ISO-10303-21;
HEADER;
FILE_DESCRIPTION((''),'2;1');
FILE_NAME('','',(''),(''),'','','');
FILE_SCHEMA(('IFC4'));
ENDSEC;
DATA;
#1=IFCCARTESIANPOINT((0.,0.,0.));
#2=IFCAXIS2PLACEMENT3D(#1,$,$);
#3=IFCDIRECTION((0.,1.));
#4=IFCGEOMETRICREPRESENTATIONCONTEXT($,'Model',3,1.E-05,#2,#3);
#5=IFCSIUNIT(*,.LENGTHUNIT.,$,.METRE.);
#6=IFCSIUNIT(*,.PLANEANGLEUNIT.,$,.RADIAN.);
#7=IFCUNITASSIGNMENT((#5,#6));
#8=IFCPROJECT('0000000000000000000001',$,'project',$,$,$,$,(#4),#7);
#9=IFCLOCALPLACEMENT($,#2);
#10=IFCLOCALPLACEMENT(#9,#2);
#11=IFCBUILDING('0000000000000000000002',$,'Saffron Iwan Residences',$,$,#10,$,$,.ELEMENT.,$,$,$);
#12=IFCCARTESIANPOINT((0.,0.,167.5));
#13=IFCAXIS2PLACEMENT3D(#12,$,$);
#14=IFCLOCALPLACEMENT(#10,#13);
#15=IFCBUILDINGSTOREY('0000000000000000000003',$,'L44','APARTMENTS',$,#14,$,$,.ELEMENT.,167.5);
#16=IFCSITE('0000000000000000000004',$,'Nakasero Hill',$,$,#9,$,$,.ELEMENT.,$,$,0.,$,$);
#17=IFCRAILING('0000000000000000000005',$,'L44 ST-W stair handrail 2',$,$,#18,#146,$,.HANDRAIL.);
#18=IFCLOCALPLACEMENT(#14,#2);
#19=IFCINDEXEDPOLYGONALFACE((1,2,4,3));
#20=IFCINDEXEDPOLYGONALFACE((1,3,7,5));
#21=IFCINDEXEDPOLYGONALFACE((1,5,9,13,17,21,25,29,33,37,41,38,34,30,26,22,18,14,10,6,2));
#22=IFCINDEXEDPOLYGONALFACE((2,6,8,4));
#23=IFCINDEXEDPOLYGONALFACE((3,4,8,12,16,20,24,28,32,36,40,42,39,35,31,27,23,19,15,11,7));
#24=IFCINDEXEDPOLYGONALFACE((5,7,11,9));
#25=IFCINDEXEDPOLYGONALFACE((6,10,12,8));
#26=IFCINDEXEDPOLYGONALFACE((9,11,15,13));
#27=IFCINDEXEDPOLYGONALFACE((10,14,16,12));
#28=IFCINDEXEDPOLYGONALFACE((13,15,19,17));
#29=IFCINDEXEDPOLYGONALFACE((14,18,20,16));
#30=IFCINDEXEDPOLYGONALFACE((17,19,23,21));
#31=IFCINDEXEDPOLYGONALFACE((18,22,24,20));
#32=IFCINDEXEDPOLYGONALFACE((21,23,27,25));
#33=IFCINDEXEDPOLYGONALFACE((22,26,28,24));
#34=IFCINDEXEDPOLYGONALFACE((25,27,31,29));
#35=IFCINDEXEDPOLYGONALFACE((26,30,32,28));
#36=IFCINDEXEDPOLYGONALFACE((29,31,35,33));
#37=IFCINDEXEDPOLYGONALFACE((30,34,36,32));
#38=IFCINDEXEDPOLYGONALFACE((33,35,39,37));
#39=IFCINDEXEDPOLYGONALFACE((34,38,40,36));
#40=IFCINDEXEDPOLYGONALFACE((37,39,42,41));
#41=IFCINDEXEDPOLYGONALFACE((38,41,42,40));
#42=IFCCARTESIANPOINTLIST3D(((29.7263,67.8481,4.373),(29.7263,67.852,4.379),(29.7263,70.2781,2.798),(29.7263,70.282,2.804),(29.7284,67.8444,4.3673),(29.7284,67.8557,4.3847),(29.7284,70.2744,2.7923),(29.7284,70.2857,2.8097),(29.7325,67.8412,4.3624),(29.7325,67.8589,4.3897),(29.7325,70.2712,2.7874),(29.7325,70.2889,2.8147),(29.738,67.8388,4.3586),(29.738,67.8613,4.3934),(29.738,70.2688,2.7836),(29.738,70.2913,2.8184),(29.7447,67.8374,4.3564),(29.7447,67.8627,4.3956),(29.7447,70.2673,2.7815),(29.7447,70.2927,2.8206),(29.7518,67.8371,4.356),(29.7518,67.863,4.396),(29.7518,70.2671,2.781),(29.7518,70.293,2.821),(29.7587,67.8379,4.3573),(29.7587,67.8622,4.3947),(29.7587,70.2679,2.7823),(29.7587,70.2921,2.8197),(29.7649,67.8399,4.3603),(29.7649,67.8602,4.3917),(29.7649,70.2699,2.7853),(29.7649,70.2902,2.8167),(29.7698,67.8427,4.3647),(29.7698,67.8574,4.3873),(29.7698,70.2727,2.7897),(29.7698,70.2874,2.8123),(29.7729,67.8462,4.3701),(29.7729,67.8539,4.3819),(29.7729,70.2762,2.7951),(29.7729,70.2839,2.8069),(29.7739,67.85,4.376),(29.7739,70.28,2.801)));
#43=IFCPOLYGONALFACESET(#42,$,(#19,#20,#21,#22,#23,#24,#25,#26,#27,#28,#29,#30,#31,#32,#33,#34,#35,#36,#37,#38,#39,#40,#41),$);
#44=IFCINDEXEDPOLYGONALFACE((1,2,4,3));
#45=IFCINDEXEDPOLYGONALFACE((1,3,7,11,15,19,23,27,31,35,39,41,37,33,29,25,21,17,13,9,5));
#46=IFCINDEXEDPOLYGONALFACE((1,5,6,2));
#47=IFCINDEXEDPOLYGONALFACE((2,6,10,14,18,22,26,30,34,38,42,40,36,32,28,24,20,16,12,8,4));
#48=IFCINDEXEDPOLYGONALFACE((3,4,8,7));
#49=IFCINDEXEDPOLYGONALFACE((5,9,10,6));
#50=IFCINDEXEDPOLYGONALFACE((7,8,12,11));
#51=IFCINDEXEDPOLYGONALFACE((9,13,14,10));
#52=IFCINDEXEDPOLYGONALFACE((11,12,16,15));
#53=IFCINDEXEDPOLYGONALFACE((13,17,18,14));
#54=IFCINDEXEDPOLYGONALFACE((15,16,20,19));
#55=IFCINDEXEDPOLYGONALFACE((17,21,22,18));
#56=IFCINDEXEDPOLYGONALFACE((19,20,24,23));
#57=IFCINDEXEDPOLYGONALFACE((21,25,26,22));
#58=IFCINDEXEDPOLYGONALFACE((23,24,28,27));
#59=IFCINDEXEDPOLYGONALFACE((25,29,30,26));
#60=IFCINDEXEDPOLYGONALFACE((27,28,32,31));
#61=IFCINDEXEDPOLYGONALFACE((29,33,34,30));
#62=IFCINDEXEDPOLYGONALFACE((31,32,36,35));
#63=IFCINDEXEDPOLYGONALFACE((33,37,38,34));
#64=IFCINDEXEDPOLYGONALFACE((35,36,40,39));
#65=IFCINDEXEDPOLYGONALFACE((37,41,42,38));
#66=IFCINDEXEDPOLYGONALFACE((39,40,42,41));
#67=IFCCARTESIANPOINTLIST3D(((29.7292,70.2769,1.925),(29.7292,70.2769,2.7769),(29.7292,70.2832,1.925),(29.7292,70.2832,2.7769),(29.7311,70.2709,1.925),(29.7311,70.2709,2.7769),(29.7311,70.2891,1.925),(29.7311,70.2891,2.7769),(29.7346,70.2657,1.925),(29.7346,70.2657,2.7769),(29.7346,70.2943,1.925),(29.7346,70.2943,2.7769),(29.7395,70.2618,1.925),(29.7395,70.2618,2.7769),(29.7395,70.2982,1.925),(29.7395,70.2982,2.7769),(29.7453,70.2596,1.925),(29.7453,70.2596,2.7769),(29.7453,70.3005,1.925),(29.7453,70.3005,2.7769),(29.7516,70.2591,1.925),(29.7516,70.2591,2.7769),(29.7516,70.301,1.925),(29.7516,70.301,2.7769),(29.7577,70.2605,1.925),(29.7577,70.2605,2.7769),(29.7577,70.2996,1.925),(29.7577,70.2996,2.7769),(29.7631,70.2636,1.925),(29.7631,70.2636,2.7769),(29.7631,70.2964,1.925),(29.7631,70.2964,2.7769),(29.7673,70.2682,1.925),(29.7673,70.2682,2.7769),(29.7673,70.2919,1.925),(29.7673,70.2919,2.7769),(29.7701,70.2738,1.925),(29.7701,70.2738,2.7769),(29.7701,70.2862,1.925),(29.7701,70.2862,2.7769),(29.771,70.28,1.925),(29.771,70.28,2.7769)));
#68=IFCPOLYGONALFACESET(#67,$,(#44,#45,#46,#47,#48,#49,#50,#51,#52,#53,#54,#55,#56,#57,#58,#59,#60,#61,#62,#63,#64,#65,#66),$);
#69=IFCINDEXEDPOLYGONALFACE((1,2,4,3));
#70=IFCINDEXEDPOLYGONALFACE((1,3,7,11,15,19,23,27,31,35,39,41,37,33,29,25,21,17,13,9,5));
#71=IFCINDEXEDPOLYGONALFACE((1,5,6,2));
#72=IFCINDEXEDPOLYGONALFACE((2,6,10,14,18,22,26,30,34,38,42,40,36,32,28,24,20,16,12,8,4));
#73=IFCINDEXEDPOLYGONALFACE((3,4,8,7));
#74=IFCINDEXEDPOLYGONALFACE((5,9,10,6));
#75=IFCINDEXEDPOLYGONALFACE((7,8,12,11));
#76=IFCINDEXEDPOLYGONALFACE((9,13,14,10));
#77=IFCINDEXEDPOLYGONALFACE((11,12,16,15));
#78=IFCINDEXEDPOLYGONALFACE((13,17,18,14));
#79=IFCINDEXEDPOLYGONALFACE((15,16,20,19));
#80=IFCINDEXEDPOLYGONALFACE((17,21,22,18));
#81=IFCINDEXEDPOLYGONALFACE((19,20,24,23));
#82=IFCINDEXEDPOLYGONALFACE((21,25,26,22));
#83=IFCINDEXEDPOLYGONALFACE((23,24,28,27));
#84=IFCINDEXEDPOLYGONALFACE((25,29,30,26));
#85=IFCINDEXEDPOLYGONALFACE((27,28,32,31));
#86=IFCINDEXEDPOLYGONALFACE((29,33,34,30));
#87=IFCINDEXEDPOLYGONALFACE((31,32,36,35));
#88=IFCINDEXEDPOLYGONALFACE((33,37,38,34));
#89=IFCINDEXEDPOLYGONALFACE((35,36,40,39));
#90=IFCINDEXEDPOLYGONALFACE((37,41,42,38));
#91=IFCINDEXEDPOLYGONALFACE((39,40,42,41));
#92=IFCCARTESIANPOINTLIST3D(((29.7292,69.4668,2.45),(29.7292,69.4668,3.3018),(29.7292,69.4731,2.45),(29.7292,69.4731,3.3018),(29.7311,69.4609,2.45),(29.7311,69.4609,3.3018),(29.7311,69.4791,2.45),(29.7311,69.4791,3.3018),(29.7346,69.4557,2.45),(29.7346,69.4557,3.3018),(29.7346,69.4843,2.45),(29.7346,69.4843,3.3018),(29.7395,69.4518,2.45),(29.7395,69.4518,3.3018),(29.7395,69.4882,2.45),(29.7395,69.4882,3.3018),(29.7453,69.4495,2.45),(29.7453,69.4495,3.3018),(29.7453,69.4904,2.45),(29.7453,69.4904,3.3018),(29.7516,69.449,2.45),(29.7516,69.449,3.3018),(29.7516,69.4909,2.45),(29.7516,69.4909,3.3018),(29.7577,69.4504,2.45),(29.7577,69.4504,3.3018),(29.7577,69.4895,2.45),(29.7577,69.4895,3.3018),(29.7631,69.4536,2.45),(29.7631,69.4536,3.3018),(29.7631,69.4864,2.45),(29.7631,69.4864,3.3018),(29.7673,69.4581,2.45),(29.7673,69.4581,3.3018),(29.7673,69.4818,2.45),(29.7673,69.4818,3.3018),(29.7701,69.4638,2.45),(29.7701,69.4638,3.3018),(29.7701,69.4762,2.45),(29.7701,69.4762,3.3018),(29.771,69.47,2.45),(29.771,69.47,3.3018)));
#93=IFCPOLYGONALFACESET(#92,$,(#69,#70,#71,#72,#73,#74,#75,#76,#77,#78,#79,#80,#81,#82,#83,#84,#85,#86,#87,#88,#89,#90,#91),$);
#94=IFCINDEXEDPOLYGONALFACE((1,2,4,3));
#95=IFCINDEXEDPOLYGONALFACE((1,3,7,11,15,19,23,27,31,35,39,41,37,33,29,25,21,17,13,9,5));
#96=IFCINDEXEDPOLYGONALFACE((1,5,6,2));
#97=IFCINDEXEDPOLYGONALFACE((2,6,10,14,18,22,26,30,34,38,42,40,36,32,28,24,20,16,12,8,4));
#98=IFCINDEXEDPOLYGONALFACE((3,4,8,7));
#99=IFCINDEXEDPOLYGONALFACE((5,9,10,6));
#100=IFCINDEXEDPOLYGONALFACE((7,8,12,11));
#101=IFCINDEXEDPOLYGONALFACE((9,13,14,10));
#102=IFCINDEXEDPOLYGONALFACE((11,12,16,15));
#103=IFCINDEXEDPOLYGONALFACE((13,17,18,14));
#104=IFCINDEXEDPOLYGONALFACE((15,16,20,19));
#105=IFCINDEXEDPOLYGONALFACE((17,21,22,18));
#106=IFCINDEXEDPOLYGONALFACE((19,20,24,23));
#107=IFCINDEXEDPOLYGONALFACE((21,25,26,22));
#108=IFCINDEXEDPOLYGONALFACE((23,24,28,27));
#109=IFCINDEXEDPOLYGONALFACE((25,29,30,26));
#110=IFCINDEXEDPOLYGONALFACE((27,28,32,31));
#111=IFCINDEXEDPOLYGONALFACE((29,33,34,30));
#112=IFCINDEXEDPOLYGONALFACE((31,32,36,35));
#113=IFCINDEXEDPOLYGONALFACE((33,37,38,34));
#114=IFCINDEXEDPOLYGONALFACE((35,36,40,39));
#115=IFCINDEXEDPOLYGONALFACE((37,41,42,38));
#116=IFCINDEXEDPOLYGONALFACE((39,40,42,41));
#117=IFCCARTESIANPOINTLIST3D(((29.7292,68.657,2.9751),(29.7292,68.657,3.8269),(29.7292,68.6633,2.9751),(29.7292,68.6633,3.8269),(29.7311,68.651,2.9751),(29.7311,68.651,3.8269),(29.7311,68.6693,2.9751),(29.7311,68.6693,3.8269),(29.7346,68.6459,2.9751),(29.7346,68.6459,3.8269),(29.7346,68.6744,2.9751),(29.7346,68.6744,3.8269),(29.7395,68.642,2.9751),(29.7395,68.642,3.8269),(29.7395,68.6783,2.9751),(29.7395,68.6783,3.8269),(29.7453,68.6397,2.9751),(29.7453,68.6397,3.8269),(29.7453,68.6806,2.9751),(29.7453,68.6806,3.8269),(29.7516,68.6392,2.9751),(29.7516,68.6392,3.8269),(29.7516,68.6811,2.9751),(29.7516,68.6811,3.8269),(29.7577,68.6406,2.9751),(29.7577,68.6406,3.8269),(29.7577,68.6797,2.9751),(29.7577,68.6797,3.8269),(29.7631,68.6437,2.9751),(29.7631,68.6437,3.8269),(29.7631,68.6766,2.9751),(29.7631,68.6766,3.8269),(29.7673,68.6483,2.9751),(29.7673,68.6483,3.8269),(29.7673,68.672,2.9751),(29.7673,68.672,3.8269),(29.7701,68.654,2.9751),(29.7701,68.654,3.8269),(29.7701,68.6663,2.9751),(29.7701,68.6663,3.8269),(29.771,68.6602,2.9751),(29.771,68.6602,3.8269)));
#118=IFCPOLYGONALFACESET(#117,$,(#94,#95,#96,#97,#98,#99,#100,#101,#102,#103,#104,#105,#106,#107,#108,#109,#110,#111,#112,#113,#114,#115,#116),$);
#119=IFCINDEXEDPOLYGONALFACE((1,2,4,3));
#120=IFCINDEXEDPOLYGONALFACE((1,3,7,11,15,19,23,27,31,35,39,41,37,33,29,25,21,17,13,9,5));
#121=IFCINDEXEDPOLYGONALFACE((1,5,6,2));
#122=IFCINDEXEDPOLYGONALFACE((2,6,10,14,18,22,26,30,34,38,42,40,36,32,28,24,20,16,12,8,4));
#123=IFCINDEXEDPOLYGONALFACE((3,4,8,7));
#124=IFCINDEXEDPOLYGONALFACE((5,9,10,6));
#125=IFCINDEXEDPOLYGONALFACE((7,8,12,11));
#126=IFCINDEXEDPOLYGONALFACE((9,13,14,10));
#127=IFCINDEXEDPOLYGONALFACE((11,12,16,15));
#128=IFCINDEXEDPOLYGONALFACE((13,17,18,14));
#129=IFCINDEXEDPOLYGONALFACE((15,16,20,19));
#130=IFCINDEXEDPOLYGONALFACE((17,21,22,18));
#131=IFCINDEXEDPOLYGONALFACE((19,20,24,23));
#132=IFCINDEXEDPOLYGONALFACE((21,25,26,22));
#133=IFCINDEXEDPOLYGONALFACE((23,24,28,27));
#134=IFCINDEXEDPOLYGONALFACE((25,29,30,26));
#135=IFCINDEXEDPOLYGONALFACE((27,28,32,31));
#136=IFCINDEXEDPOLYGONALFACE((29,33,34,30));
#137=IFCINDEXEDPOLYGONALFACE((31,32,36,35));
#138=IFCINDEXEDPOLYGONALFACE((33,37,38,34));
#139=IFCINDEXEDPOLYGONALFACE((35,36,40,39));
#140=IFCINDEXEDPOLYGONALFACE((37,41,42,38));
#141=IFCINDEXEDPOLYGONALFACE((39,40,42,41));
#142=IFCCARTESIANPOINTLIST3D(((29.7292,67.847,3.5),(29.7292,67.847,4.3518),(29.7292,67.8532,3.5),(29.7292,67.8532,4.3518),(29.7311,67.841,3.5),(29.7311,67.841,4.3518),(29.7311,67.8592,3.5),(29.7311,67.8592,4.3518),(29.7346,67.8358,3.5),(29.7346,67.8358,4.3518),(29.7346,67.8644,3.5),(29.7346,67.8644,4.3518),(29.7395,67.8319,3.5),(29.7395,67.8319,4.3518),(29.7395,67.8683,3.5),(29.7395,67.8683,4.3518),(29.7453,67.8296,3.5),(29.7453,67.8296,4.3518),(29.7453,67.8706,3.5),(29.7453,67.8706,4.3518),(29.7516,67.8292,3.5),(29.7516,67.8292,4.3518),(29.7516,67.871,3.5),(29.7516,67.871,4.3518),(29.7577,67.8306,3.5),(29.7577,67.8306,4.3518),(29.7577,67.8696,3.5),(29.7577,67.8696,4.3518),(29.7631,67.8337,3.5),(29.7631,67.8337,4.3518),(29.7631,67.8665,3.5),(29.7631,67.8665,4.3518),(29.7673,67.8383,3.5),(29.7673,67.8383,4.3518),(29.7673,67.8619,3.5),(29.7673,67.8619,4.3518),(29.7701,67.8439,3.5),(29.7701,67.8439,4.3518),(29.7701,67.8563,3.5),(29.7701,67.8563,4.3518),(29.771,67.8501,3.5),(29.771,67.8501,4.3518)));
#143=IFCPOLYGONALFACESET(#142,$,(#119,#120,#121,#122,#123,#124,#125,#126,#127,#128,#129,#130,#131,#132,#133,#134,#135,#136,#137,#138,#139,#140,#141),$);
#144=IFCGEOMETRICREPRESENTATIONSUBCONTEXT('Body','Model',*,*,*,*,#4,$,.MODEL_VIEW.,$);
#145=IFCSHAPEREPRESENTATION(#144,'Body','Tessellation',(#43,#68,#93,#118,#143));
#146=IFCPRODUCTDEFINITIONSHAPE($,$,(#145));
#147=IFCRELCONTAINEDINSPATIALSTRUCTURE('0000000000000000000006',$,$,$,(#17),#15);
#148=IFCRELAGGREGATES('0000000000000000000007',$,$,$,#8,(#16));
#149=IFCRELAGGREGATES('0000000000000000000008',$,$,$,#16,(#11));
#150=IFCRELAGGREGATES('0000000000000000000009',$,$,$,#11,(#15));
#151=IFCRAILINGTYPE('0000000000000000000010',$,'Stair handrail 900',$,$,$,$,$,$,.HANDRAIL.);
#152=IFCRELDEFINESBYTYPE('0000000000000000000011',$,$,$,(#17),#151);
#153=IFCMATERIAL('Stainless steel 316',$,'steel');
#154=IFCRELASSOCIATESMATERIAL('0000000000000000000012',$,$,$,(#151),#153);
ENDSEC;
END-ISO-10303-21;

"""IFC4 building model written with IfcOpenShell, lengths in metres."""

from ifc_helpers import new_model, si_unit, direction, frame, origin, origin_2d, place, context, subcontext, project, spatial, circle, extrude, material, type_object, element, save


model = new_model("IFC4")

# Units and contexts
model_context = context("Model", 3, precision=1e-05, world=origin(), true_north=direction((0.0, 1.0)))
body_context = subcontext(model_context, "Body", "Model", "MODEL_VIEW")
ifc_project = project(units=[si_unit("LENGTHUNIT", "METRE"), si_unit("PLANEANGLEUNIT", "RADIAN")], contexts=[model_context])

# Site, building, storey
site_placement = place(None, origin())
site = spatial("IfcSite", under=ifc_project, at=site_placement, Name="Nakasero Hill", CompositionType="ELEMENT", RefElevation=0.0)
building_placement = place(site_placement, origin())
building = spatial("IfcBuilding", under=site, at=building_placement, Name="Saffron Iwan Residences", CompositionType="ELEMENT")
storey_placement = place(building_placement, frame((0.0, 0.0, 167.5)))
storey = spatial("IfcBuildingStorey", under=building, at=storey_placement, Name="L44", Description="APARTMENTS", CompositionType="ELEMENT", Elevation=167.5)

# Railing
ifc_material_1 = material(Name="Stainless steel 316", Category="steel")
railing_type_1 = type_object("IfcRailingType", Name="Stair handrail 900", PredefinedType="HANDRAIL", material=ifc_material_1)
railing_1_placement = place(storey_placement, frame((29.75, 70.28, 1.925)))
element("IfcRailing", 1, at=railing_1_placement, inside=storey, type_object=railing_type_1, Name="L44 ST-W stair handrail 2", PredefinedType="HANDRAIL", context=body_context, shape_type="SweptSolid", body=[
    extrude(circle(Radius=0.0239, at=origin_2d()), frame((0.0, 0.0, 0.876), z_axis=(0.0, -0.839154, 0.543894), x_axis=(1.0, 0.0, 0.0)), (0.0, 0.0, 1.0), 2.8958),
    extrude(circle(Radius=0.021, at=origin_2d()), origin(), (0.0, 0.0, 1.0), 0.8518),
    extrude(circle(Radius=0.021, at=origin_2d()), frame((0.0, -0.8101, 0.5249)), (0.0, 0.0, 1.0), 0.8518),
    extrude(circle(Radius=0.021, at=origin_2d()), frame((0.0, -1.6199, 1.05)), (0.0, 0.0, 1.0), 0.8518),
    extrude(circle(Radius=0.021, at=origin_2d()), frame((0.0, -2.4299, 1.575)), (0.0, 0.0, 1.0), 0.8518),
])

save(model, "model.ifc")
